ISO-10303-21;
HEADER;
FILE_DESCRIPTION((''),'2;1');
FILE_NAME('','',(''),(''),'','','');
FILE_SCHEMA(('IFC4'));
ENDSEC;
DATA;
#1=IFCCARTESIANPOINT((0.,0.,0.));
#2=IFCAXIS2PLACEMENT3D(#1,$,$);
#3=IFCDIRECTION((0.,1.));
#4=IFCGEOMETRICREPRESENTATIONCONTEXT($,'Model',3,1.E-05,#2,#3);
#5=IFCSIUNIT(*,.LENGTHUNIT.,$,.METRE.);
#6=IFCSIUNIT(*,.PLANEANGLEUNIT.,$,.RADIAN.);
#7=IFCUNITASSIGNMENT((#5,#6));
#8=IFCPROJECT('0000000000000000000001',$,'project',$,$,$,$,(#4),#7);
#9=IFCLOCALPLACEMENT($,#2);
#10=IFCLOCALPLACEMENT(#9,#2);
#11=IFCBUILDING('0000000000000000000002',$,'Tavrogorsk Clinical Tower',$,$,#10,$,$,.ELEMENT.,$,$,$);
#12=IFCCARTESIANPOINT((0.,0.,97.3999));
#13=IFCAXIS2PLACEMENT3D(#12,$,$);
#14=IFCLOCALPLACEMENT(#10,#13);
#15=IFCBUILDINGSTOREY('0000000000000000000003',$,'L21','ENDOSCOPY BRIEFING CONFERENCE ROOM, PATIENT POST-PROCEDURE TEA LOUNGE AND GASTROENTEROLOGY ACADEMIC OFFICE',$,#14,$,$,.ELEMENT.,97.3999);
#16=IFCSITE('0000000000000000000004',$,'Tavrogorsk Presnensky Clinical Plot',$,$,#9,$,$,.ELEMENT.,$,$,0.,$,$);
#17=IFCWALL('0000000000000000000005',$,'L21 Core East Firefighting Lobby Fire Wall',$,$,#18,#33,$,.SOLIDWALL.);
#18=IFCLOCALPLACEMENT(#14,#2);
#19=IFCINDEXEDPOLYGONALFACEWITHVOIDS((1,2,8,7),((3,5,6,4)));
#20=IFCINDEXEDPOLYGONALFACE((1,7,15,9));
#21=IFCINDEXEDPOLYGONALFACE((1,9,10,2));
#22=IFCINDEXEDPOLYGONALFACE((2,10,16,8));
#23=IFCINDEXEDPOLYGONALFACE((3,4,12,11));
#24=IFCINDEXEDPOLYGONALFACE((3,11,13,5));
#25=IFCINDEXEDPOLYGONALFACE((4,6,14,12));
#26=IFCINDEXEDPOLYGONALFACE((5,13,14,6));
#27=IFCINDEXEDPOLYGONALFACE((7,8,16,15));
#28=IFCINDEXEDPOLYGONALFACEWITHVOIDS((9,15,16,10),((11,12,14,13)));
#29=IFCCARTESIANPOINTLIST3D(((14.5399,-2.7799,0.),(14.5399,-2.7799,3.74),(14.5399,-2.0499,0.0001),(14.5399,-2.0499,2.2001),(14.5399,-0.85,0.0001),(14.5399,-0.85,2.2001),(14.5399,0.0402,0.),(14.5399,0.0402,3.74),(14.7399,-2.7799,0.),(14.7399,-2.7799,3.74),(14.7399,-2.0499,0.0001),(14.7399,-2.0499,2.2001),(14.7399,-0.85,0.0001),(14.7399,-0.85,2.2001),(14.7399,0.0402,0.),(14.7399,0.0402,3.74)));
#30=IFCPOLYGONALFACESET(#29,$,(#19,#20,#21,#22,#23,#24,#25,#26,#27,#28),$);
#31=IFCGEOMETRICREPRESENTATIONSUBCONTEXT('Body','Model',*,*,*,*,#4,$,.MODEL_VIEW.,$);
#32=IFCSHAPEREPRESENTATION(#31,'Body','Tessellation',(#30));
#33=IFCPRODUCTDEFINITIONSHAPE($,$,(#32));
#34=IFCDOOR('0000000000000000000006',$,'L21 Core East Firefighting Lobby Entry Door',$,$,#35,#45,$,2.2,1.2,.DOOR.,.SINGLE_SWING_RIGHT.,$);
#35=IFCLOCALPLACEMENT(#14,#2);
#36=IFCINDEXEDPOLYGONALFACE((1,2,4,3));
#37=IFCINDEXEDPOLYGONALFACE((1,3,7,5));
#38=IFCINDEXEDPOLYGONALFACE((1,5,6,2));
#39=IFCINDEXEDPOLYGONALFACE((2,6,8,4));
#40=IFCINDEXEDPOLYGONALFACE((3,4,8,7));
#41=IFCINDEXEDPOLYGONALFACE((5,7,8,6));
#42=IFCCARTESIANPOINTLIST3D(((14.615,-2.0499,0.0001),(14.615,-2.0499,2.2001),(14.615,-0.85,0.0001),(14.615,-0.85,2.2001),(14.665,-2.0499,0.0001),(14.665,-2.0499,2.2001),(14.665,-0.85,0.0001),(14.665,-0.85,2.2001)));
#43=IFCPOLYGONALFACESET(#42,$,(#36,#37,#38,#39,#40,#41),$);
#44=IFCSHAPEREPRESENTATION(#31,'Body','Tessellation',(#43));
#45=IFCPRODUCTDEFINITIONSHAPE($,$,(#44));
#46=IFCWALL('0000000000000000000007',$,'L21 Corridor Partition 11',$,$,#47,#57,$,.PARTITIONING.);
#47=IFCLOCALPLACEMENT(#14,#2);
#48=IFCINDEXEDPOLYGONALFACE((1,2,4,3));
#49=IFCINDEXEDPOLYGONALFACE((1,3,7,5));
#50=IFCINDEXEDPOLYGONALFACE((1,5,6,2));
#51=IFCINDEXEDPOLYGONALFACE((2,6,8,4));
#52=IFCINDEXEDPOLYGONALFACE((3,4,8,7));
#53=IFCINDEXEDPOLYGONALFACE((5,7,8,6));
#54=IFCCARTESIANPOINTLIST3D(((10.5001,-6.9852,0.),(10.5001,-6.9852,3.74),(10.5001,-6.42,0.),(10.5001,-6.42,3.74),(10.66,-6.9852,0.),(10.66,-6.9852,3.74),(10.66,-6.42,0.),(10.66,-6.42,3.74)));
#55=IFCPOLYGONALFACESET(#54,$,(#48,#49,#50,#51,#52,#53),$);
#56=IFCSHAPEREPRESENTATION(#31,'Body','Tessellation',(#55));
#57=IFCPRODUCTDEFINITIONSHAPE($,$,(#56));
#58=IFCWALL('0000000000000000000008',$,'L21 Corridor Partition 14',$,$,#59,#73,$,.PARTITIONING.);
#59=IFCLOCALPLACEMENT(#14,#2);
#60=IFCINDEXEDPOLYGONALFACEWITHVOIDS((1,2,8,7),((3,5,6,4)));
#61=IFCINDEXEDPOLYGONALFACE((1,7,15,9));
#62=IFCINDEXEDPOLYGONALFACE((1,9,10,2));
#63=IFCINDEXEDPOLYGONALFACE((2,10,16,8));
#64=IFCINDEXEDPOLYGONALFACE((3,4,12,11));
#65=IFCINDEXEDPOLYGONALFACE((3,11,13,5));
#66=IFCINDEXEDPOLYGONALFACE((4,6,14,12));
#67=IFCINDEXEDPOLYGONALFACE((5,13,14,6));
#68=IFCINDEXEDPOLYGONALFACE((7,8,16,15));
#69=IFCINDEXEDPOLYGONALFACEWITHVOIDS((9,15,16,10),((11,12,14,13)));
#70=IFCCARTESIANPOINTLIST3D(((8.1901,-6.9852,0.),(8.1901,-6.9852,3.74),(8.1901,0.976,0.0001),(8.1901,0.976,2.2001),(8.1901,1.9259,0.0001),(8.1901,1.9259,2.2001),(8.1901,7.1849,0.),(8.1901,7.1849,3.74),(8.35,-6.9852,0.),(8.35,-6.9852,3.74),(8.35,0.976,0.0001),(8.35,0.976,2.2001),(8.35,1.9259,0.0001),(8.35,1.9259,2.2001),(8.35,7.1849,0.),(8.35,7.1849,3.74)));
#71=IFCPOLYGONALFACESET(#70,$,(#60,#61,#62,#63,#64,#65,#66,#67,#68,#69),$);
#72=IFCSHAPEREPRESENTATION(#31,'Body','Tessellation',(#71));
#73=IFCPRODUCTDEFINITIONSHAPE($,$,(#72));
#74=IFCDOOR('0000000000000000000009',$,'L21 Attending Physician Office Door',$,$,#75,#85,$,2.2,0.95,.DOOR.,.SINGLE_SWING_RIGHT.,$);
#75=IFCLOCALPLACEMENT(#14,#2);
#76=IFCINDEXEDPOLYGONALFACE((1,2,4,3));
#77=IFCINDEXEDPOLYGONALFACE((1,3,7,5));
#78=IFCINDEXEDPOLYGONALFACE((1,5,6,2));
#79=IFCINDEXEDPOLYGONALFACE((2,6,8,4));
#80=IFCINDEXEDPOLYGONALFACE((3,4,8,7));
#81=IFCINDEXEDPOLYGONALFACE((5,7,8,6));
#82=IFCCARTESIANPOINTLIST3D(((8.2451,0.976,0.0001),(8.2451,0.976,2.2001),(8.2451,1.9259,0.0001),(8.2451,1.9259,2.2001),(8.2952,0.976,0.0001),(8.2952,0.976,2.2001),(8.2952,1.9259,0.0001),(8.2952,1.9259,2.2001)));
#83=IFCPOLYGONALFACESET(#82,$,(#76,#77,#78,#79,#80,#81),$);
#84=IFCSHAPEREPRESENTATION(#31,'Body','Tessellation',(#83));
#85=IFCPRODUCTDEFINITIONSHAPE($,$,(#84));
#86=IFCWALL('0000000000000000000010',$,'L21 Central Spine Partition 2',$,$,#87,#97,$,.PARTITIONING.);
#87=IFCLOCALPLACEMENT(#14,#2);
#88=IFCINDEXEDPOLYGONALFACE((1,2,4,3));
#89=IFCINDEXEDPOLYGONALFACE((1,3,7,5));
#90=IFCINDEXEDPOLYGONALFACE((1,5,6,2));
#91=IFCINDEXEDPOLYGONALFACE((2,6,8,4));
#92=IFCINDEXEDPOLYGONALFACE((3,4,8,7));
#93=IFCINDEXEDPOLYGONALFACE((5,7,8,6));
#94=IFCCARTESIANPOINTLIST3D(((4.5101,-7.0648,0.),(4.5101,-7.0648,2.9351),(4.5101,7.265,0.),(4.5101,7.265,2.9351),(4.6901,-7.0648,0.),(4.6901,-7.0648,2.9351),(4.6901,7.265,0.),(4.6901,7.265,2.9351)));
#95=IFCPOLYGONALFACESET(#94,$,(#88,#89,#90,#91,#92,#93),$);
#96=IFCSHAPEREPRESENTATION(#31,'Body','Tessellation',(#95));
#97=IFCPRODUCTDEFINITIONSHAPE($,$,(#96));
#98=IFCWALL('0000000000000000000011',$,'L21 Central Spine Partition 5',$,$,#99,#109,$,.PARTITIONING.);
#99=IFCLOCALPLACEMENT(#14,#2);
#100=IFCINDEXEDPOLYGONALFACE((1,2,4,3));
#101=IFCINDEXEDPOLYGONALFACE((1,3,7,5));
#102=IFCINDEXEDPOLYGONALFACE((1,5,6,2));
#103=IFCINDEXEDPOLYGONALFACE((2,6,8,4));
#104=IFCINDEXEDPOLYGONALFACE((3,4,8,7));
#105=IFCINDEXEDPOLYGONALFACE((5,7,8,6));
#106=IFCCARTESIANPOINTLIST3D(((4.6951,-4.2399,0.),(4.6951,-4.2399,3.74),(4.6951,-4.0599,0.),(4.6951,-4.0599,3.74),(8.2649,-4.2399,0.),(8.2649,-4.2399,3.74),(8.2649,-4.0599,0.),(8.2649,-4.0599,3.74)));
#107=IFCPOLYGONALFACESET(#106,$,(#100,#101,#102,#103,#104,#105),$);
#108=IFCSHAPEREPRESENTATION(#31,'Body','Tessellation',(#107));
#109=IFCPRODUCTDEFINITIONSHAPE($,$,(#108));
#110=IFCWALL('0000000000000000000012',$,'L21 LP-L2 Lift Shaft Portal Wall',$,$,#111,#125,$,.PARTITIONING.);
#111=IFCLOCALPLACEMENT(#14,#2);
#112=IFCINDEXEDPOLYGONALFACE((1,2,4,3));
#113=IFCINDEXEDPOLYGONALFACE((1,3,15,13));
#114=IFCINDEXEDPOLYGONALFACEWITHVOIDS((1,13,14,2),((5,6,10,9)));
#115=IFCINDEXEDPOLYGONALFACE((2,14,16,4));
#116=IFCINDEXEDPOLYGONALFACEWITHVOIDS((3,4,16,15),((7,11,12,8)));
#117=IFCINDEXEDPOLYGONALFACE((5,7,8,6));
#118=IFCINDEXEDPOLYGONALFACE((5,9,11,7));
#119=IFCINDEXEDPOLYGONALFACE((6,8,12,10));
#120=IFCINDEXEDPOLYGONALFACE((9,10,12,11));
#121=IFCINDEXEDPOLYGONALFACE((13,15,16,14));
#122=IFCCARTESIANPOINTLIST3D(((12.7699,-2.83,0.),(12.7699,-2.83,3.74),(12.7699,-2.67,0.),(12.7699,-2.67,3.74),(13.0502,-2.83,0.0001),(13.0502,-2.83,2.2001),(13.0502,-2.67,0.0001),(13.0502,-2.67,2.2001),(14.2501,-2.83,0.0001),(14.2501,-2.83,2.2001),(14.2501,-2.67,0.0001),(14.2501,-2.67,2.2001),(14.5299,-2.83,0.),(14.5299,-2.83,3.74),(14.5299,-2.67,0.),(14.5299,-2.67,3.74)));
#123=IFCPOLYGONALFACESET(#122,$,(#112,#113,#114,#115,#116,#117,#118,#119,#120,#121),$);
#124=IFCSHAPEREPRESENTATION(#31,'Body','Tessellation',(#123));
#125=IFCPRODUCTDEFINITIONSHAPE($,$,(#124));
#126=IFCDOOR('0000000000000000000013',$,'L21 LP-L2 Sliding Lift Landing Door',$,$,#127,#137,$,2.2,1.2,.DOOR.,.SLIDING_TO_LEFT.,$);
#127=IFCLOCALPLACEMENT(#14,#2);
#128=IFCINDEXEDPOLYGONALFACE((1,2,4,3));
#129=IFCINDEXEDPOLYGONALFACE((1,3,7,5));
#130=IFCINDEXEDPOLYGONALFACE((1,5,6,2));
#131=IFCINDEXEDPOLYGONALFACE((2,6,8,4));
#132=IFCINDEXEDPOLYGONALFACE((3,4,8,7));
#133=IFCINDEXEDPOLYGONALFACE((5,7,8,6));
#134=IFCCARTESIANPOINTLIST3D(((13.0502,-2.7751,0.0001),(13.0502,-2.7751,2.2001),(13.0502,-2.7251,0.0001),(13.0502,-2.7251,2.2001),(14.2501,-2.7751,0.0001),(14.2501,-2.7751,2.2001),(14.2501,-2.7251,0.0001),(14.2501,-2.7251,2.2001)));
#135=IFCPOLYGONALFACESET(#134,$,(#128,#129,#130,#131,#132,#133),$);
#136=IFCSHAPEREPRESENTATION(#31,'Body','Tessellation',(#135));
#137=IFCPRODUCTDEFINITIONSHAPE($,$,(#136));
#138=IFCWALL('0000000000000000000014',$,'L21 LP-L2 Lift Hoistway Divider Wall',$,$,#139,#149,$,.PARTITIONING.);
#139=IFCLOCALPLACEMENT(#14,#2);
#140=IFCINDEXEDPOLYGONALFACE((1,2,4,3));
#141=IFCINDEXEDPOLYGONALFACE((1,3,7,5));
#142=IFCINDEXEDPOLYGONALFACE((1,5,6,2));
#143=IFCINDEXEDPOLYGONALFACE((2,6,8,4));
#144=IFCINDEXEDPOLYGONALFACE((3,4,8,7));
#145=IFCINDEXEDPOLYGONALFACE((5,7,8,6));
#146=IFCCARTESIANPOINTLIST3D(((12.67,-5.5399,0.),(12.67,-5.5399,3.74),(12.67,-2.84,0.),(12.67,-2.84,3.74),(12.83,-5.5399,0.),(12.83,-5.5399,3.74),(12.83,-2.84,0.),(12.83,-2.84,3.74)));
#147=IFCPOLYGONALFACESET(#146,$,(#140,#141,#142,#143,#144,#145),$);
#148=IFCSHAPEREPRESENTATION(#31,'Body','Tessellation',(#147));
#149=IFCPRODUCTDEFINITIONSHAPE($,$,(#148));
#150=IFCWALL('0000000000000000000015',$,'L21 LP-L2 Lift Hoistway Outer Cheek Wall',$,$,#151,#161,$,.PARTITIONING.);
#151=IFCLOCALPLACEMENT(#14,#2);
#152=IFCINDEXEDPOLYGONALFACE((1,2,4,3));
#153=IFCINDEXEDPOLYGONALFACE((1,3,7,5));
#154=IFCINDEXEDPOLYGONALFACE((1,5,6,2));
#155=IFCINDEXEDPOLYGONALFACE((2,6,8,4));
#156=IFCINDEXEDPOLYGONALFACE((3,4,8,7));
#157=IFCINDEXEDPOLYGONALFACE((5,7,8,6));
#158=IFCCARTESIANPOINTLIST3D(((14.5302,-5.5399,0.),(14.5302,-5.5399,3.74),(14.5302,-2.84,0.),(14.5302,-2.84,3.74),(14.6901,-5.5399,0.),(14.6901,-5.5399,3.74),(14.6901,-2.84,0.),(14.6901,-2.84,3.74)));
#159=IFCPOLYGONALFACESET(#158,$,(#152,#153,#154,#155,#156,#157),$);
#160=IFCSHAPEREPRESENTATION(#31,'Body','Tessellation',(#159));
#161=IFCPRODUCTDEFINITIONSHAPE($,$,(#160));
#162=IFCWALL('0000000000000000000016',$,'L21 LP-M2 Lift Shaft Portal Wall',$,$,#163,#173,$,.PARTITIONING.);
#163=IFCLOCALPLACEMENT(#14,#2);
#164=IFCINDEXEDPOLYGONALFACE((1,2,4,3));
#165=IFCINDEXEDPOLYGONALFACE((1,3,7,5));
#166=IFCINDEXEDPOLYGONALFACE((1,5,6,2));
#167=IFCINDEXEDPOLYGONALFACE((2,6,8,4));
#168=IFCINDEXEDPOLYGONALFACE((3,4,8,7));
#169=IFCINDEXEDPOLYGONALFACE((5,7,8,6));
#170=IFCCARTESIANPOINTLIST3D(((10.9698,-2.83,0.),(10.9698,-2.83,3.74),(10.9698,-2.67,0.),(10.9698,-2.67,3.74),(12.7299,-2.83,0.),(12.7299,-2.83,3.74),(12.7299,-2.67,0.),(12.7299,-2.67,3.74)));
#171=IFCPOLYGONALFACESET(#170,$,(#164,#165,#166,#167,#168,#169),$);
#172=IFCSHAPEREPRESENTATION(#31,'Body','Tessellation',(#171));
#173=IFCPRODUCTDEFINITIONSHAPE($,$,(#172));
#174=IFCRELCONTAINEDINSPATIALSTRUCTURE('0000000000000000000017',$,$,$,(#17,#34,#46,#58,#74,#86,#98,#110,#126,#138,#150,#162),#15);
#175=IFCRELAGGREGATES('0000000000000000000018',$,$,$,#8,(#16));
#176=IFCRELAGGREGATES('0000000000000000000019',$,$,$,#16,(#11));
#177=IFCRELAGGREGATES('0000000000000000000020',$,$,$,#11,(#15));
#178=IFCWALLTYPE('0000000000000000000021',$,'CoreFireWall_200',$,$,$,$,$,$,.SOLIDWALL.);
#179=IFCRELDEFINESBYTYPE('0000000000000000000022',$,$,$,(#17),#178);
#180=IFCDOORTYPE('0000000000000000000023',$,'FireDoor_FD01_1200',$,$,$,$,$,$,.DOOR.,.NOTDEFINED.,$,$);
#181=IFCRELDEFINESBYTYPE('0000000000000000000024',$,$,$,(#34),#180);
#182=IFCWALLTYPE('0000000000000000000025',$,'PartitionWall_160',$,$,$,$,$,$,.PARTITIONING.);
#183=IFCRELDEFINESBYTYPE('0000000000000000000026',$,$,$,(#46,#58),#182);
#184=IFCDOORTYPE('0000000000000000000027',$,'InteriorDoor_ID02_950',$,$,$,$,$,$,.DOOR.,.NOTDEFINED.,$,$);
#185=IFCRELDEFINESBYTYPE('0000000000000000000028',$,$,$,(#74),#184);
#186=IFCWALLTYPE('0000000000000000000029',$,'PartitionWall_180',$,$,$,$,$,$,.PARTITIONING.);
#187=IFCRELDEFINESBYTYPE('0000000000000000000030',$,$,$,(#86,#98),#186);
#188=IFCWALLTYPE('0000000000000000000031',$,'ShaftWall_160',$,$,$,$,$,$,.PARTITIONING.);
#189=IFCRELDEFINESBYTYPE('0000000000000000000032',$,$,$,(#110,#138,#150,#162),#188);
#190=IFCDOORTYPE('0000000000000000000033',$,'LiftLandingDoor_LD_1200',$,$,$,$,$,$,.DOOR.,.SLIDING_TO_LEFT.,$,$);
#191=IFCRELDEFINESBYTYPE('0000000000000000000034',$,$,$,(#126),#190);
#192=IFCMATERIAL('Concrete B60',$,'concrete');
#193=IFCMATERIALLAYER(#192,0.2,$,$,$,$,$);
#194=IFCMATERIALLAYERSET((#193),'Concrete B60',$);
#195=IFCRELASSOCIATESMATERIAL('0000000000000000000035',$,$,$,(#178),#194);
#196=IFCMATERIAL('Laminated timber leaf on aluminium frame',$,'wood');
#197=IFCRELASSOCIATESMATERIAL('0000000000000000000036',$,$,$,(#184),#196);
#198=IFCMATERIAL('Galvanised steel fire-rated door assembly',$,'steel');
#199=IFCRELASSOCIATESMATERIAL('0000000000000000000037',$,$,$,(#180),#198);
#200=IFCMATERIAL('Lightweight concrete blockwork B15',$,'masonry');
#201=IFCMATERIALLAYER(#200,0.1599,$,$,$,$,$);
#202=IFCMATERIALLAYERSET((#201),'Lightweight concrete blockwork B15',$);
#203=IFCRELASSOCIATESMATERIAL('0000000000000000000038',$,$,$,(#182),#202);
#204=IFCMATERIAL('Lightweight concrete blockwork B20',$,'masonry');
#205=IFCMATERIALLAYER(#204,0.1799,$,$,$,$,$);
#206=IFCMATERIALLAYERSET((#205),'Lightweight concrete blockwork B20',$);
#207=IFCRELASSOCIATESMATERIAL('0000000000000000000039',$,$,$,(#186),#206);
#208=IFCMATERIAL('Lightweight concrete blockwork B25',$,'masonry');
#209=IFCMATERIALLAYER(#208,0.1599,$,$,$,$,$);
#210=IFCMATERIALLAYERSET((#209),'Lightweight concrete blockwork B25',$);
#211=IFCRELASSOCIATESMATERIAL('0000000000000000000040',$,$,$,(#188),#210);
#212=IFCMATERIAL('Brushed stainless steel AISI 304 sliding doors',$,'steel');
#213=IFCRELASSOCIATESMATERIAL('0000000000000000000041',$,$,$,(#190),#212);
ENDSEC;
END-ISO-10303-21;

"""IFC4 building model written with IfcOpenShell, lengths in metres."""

from ifc_helpers import new_model, si_unit, direction, frame, frame_2d, origin, place, context, subcontext, project, spatial, rectangle, extrude, material, layer, layer_set, type_object, element, fill, save


model = new_model("IFC4")

# Units and contexts
model_context = context("Model", 3, precision=1e-05, world=origin(), true_north=direction((0.0, 1.0)))
body_context = subcontext(model_context, "Body", "Model", "MODEL_VIEW")
ifc_project = project(units=[si_unit("LENGTHUNIT", "METRE"), si_unit("PLANEANGLEUNIT", "RADIAN")], contexts=[model_context])

# Site, building, storey
site_placement = place(None, origin())
site = spatial("IfcSite", under=ifc_project, at=site_placement, Name="Tavrogorsk Presnensky Clinical Plot", CompositionType="ELEMENT", RefElevation=0.0)
building_placement = place(site_placement, origin())
building = spatial("IfcBuilding", under=site, at=building_placement, Name="Tavrogorsk Clinical Tower", CompositionType="ELEMENT")
storey_placement = place(building_placement, frame((0.0, 0.0, 97.3999)))
storey = spatial("IfcBuildingStorey", under=building, at=storey_placement, Name="L21", Description="ENDOSCOPY BRIEFING CONFERENCE ROOM, PATIENT POST-PROCEDURE TEA LOUNGE AND GASTROENTEROLOGY ACADEMIC OFFICE", CompositionType="ELEMENT", Elevation=97.3999)

# Wall, opening, door
ifc_material_1 = material(Name="Concrete B60", Category="concrete")
ifc_layer_1 = layer(ifc_material_1, 0.2)
ifc_layer_set_1 = layer_set([ifc_layer_1], Name="Concrete B60")
wall_type_1 = type_object("IfcWallType", Name="CoreFireWall_200", PredefinedType="SOLIDWALL", material=ifc_layer_set_1)
ifc_material_2 = material(Name="Laminated timber leaf on aluminium frame", Category="wood")
door_type_1 = type_object("IfcDoorType", Name="InteriorDoor_ID02_950", OperationType="NOTDEFINED", PredefinedType="DOOR", material=ifc_material_2)
wall_1_placement = place(storey_placement, frame((14.6399, -2.78, 0.0), z_axis=(0.0, 0.0, 1.0), x_axis=(0.0, 1.0, 0.0)))
wall_1 = element("IfcWall", 1, at=wall_1_placement, inside=storey, type_object=wall_type_1, Name="L21 Core East Firefighting Lobby Fire Wall", PredefinedType="SOLIDWALL", context=body_context, shape_type="SweptSolid", body=[
    extrude(rectangle(XDim=2.8201, YDim=0.2, at=frame_2d((1.4102, 0.0))), origin(), (0.0, 0.0, 1.0), 3.74),
])
opening_1_placement = place(wall_1_placement, frame((0.73, 0.0, 0.0)))
opening_1 = element("IfcOpeningElement", 2, at=opening_1_placement, cuts=wall_1, PredefinedType="OPENING", context=body_context, shape_type="SweptSolid", body=[
    extrude(rectangle(XDim=1.2, YDim=2.2, at=frame_2d((0.6001, 1.1001))), frame((0.0, 0.1099, 0.0), z_axis=(0.0, -1.0, 0.0), x_axis=(1.0, 0.0, 0.0)), (0.0, 0.0, 1.0), 0.22),
])
ifc_material_3 = material(Name="Galvanised steel fire-rated door assembly", Category="steel")
door_type_2 = type_object("IfcDoorType", Name="FireDoor_FD01_1200", OperationType="NOTDEFINED", PredefinedType="DOOR", material=ifc_material_3)
door_1_placement = place(opening_1_placement, origin())
door_1 = element("IfcDoor", 3, at=door_1_placement, inside=storey, type_object=door_type_2, Name="L21 Core East Firefighting Lobby Entry Door", OperationType="SINGLE_SWING_RIGHT", OverallHeight=2.2, OverallWidth=1.2, PredefinedType="DOOR", context=body_context, shape_type="SweptSolid", body=[
    extrude(rectangle(XDim=1.2, YDim=2.2, at=frame_2d((0.6001, 1.1001))), frame((0.0, 0.0249, 0.0), z_axis=(0.0, -1.0, 0.0), x_axis=(1.0, 0.0, 0.0)), (0.0, 0.0, 1.0), 0.05),
])
fill(opening_1, door_1)

# Wall
ifc_material_4 = material(Name="Lightweight concrete blockwork B15", Category="masonry")
ifc_layer_2 = layer(ifc_material_4, 0.1599)
ifc_layer_set_2 = layer_set([ifc_layer_2], Name="Lightweight concrete blockwork B15")
wall_type_2 = type_object("IfcWallType", Name="PartitionWall_160", PredefinedType="PARTITIONING", material=ifc_layer_set_2)
wall_2_placement = place(storey_placement, frame((10.5801, -6.4199, 0.0), z_axis=(0.0, 0.0, 1.0), x_axis=(0.0, -1.0, 0.0)))
element("IfcWall", 4, at=wall_2_placement, inside=storey, type_object=wall_type_2, Name="L21 Corridor Partition 11", PredefinedType="PARTITIONING", context=body_context, shape_type="SweptSolid", body=[
    extrude(rectangle(XDim=0.5652, YDim=0.1599, at=frame_2d((0.2827, 0.0))), origin(), (0.0, 0.0, 1.0), 3.74),
])

# Wall, opening, door
wall_3_placement = place(storey_placement, frame((8.27, -6.9851, 0.0), z_axis=(0.0, 0.0, 1.0), x_axis=(0.0, 1.0, 0.0)))
wall_3 = element("IfcWall", 5, at=wall_3_placement, inside=storey, type_object=wall_type_2, Name="L21 Corridor Partition 14", PredefinedType="PARTITIONING", context=body_context, shape_type="SweptSolid", body=[
    extrude(rectangle(XDim=14.1702, YDim=0.1599, at=frame_2d((7.085, 0.0))), origin(), (0.0, 0.0, 1.0), 3.74),
])
opening_2_placement = place(wall_3_placement, frame((7.9609, 0.0, 0.0)))
opening_2 = element("IfcOpeningElement", 6, at=opening_2_placement, cuts=wall_3, PredefinedType="OPENING", context=body_context, shape_type="SweptSolid", body=[
    extrude(rectangle(XDim=0.95, YDim=2.2, at=frame_2d((0.4751, 1.1001))), frame((0.0, 0.0898, 0.0), z_axis=(0.0, -1.0, 0.0), x_axis=(1.0, 0.0, 0.0)), (0.0, 0.0, 1.0), 0.1799),
])
door_2_placement = place(opening_2_placement, origin())
door_2 = element("IfcDoor", 7, at=door_2_placement, inside=storey, type_object=door_type_1, Name="L21 Attending Physician Office Door", OperationType="SINGLE_SWING_RIGHT", OverallHeight=2.2, OverallWidth=0.95, PredefinedType="DOOR", context=body_context, shape_type="SweptSolid", body=[
    extrude(rectangle(XDim=0.95, YDim=2.2, at=frame_2d((0.4751, 1.1001))), frame((0.0, 0.0249, 0.0), z_axis=(0.0, -1.0, 0.0), x_axis=(1.0, 0.0, 0.0)), (0.0, 0.0, 1.0), 0.05),
])
fill(opening_2, door_2)

# Walls
ifc_material_5 = material(Name="Lightweight concrete blockwork B20", Category="masonry")
ifc_layer_3 = layer(ifc_material_5, 0.1799)
ifc_layer_set_3 = layer_set([ifc_layer_3], Name="Lightweight concrete blockwork B20")
wall_type_3 = type_object("IfcWallType", Name="PartitionWall_180", PredefinedType="PARTITIONING", material=ifc_layer_set_3)
wall_4_placement = place(storey_placement, frame((4.6001, -7.0649, 0.0), z_axis=(0.0, 0.0, 1.0), x_axis=(0.0, 1.0, 0.0)))
element("IfcWall", 8, at=wall_4_placement, inside=storey, type_object=wall_type_3, Name="L21 Central Spine Partition 2", PredefinedType="PARTITIONING", context=body_context, shape_type="SweptSolid", body=[
    extrude(rectangle(XDim=14.3298, YDim=0.1799, at=frame_2d((7.165, 0.0))), origin(), (0.0, 0.0, 1.0), 2.9351),
])
wall_5_placement = place(storey_placement, frame((4.6951, -4.1499, 0.0), z_axis=(0.0, 0.0, 1.0), x_axis=(1.0, 0.0, 0.0)))
element("IfcWall", 9, at=wall_5_placement, inside=storey, type_object=wall_type_3, Name="L21 Central Spine Partition 5", PredefinedType="PARTITIONING", context=body_context, shape_type="SweptSolid", body=[
    extrude(rectangle(XDim=3.5698, YDim=0.1799, at=frame_2d((1.7849, 0.0))), origin(), (0.0, 0.0, 1.0), 3.74),
])

# Wall, opening, door
ifc_material_6 = material(Name="Lightweight concrete blockwork B25", Category="masonry")
ifc_layer_4 = layer(ifc_material_6, 0.1599)
ifc_layer_set_4 = layer_set([ifc_layer_4], Name="Lightweight concrete blockwork B25")
wall_type_4 = type_object("IfcWallType", Name="ShaftWall_160", PredefinedType="PARTITIONING", material=ifc_layer_set_4)
wall_6_placement = place(storey_placement, frame((12.77, -2.75, 0.0), z_axis=(0.0, 0.0, 1.0), x_axis=(1.0, 0.0, 0.0)))
wall_6 = element("IfcWall", 10, at=wall_6_placement, inside=storey, type_object=wall_type_4, Name="L21 LP-L2 Lift Shaft Portal Wall", PredefinedType="PARTITIONING", context=body_context, shape_type="SweptSolid", body=[
    extrude(rectangle(XDim=1.76, YDim=0.1599, at=frame_2d((0.8799, 0.0))), origin(), (0.0, 0.0, 1.0), 3.74),
])
opening_3_placement = place(wall_6_placement, frame((0.28, 0.0, 0.0)))
opening_3 = element("IfcOpeningElement", 11, at=opening_3_placement, cuts=wall_6, PredefinedType="OPENING", context=body_context, shape_type="SweptSolid", body=[
    extrude(rectangle(XDim=1.2, YDim=2.2, at=frame_2d((0.6001, 1.1001))), frame((0.0, 0.0898, 0.0), z_axis=(0.0, -1.0, 0.0), x_axis=(1.0, 0.0, 0.0)), (0.0, 0.0, 1.0), 0.1799),
])
ifc_material_7 = material(Name="Brushed stainless steel AISI 304 sliding doors", Category="steel")
door_type_3 = type_object("IfcDoorType", Name="LiftLandingDoor_LD_1200", OperationType="SLIDING_TO_LEFT", PredefinedType="DOOR", material=ifc_material_7)
door_3_placement = place(opening_3_placement, origin())
door_3 = element("IfcDoor", 12, at=door_3_placement, inside=storey, type_object=door_type_3, Name="L21 LP-L2 Sliding Lift Landing Door", OperationType="SLIDING_TO_LEFT", OverallHeight=2.2, OverallWidth=1.2, PredefinedType="DOOR", context=body_context, shape_type="SweptSolid", body=[
    extrude(rectangle(XDim=1.2, YDim=2.2, at=frame_2d((0.6001, 1.1001))), frame((0.0, 0.0249, 0.0), z_axis=(0.0, -1.0, 0.0), x_axis=(1.0, 0.0, 0.0)), (0.0, 0.0, 1.0), 0.05),
])
fill(opening_3, door_3)

# Walls
for number, where, z_axis, x_axis, name in (
    (13, (12.75, -5.54, 0.0), (0.0, 0.0, 1.0), (0.0, 1.0, 0.0), "L21 LP-L2 Lift Hoistway Divider Wall"),
    (14, (14.6101, -5.54, 0.0), (0.0, 0.0, 1.0), (0.0, 1.0, 0.0), "L21 LP-L2 Lift Hoistway Outer Cheek Wall"),
):
    element("IfcWall", number, at=place(storey_placement, frame(where, z_axis=z_axis, x_axis=x_axis)), inside=storey, type_object=wall_type_4, Name=name, PredefinedType="PARTITIONING", context=body_context, shape_type="SweptSolid", body=[
        extrude(rectangle(XDim=2.7, YDim=0.1599, at=frame_2d((1.3501, 0.0))), origin(), (0.0, 0.0, 1.0), 3.74),
    ])
wall_7_placement = place(storey_placement, frame((10.97, -2.75, 0.0), z_axis=(0.0, 0.0, 1.0), x_axis=(1.0, 0.0, 0.0)))
element("IfcWall", 15, at=wall_7_placement, inside=storey, type_object=wall_type_4, Name="L21 LP-M2 Lift Shaft Portal Wall", PredefinedType="PARTITIONING", context=body_context, shape_type="SweptSolid", body=[
    extrude(rectangle(XDim=1.76, YDim=0.1599, at=frame_2d((0.8799, 0.0))), origin(), (0.0, 0.0, 1.0), 3.74),
])

save(model, "model.ifc")
